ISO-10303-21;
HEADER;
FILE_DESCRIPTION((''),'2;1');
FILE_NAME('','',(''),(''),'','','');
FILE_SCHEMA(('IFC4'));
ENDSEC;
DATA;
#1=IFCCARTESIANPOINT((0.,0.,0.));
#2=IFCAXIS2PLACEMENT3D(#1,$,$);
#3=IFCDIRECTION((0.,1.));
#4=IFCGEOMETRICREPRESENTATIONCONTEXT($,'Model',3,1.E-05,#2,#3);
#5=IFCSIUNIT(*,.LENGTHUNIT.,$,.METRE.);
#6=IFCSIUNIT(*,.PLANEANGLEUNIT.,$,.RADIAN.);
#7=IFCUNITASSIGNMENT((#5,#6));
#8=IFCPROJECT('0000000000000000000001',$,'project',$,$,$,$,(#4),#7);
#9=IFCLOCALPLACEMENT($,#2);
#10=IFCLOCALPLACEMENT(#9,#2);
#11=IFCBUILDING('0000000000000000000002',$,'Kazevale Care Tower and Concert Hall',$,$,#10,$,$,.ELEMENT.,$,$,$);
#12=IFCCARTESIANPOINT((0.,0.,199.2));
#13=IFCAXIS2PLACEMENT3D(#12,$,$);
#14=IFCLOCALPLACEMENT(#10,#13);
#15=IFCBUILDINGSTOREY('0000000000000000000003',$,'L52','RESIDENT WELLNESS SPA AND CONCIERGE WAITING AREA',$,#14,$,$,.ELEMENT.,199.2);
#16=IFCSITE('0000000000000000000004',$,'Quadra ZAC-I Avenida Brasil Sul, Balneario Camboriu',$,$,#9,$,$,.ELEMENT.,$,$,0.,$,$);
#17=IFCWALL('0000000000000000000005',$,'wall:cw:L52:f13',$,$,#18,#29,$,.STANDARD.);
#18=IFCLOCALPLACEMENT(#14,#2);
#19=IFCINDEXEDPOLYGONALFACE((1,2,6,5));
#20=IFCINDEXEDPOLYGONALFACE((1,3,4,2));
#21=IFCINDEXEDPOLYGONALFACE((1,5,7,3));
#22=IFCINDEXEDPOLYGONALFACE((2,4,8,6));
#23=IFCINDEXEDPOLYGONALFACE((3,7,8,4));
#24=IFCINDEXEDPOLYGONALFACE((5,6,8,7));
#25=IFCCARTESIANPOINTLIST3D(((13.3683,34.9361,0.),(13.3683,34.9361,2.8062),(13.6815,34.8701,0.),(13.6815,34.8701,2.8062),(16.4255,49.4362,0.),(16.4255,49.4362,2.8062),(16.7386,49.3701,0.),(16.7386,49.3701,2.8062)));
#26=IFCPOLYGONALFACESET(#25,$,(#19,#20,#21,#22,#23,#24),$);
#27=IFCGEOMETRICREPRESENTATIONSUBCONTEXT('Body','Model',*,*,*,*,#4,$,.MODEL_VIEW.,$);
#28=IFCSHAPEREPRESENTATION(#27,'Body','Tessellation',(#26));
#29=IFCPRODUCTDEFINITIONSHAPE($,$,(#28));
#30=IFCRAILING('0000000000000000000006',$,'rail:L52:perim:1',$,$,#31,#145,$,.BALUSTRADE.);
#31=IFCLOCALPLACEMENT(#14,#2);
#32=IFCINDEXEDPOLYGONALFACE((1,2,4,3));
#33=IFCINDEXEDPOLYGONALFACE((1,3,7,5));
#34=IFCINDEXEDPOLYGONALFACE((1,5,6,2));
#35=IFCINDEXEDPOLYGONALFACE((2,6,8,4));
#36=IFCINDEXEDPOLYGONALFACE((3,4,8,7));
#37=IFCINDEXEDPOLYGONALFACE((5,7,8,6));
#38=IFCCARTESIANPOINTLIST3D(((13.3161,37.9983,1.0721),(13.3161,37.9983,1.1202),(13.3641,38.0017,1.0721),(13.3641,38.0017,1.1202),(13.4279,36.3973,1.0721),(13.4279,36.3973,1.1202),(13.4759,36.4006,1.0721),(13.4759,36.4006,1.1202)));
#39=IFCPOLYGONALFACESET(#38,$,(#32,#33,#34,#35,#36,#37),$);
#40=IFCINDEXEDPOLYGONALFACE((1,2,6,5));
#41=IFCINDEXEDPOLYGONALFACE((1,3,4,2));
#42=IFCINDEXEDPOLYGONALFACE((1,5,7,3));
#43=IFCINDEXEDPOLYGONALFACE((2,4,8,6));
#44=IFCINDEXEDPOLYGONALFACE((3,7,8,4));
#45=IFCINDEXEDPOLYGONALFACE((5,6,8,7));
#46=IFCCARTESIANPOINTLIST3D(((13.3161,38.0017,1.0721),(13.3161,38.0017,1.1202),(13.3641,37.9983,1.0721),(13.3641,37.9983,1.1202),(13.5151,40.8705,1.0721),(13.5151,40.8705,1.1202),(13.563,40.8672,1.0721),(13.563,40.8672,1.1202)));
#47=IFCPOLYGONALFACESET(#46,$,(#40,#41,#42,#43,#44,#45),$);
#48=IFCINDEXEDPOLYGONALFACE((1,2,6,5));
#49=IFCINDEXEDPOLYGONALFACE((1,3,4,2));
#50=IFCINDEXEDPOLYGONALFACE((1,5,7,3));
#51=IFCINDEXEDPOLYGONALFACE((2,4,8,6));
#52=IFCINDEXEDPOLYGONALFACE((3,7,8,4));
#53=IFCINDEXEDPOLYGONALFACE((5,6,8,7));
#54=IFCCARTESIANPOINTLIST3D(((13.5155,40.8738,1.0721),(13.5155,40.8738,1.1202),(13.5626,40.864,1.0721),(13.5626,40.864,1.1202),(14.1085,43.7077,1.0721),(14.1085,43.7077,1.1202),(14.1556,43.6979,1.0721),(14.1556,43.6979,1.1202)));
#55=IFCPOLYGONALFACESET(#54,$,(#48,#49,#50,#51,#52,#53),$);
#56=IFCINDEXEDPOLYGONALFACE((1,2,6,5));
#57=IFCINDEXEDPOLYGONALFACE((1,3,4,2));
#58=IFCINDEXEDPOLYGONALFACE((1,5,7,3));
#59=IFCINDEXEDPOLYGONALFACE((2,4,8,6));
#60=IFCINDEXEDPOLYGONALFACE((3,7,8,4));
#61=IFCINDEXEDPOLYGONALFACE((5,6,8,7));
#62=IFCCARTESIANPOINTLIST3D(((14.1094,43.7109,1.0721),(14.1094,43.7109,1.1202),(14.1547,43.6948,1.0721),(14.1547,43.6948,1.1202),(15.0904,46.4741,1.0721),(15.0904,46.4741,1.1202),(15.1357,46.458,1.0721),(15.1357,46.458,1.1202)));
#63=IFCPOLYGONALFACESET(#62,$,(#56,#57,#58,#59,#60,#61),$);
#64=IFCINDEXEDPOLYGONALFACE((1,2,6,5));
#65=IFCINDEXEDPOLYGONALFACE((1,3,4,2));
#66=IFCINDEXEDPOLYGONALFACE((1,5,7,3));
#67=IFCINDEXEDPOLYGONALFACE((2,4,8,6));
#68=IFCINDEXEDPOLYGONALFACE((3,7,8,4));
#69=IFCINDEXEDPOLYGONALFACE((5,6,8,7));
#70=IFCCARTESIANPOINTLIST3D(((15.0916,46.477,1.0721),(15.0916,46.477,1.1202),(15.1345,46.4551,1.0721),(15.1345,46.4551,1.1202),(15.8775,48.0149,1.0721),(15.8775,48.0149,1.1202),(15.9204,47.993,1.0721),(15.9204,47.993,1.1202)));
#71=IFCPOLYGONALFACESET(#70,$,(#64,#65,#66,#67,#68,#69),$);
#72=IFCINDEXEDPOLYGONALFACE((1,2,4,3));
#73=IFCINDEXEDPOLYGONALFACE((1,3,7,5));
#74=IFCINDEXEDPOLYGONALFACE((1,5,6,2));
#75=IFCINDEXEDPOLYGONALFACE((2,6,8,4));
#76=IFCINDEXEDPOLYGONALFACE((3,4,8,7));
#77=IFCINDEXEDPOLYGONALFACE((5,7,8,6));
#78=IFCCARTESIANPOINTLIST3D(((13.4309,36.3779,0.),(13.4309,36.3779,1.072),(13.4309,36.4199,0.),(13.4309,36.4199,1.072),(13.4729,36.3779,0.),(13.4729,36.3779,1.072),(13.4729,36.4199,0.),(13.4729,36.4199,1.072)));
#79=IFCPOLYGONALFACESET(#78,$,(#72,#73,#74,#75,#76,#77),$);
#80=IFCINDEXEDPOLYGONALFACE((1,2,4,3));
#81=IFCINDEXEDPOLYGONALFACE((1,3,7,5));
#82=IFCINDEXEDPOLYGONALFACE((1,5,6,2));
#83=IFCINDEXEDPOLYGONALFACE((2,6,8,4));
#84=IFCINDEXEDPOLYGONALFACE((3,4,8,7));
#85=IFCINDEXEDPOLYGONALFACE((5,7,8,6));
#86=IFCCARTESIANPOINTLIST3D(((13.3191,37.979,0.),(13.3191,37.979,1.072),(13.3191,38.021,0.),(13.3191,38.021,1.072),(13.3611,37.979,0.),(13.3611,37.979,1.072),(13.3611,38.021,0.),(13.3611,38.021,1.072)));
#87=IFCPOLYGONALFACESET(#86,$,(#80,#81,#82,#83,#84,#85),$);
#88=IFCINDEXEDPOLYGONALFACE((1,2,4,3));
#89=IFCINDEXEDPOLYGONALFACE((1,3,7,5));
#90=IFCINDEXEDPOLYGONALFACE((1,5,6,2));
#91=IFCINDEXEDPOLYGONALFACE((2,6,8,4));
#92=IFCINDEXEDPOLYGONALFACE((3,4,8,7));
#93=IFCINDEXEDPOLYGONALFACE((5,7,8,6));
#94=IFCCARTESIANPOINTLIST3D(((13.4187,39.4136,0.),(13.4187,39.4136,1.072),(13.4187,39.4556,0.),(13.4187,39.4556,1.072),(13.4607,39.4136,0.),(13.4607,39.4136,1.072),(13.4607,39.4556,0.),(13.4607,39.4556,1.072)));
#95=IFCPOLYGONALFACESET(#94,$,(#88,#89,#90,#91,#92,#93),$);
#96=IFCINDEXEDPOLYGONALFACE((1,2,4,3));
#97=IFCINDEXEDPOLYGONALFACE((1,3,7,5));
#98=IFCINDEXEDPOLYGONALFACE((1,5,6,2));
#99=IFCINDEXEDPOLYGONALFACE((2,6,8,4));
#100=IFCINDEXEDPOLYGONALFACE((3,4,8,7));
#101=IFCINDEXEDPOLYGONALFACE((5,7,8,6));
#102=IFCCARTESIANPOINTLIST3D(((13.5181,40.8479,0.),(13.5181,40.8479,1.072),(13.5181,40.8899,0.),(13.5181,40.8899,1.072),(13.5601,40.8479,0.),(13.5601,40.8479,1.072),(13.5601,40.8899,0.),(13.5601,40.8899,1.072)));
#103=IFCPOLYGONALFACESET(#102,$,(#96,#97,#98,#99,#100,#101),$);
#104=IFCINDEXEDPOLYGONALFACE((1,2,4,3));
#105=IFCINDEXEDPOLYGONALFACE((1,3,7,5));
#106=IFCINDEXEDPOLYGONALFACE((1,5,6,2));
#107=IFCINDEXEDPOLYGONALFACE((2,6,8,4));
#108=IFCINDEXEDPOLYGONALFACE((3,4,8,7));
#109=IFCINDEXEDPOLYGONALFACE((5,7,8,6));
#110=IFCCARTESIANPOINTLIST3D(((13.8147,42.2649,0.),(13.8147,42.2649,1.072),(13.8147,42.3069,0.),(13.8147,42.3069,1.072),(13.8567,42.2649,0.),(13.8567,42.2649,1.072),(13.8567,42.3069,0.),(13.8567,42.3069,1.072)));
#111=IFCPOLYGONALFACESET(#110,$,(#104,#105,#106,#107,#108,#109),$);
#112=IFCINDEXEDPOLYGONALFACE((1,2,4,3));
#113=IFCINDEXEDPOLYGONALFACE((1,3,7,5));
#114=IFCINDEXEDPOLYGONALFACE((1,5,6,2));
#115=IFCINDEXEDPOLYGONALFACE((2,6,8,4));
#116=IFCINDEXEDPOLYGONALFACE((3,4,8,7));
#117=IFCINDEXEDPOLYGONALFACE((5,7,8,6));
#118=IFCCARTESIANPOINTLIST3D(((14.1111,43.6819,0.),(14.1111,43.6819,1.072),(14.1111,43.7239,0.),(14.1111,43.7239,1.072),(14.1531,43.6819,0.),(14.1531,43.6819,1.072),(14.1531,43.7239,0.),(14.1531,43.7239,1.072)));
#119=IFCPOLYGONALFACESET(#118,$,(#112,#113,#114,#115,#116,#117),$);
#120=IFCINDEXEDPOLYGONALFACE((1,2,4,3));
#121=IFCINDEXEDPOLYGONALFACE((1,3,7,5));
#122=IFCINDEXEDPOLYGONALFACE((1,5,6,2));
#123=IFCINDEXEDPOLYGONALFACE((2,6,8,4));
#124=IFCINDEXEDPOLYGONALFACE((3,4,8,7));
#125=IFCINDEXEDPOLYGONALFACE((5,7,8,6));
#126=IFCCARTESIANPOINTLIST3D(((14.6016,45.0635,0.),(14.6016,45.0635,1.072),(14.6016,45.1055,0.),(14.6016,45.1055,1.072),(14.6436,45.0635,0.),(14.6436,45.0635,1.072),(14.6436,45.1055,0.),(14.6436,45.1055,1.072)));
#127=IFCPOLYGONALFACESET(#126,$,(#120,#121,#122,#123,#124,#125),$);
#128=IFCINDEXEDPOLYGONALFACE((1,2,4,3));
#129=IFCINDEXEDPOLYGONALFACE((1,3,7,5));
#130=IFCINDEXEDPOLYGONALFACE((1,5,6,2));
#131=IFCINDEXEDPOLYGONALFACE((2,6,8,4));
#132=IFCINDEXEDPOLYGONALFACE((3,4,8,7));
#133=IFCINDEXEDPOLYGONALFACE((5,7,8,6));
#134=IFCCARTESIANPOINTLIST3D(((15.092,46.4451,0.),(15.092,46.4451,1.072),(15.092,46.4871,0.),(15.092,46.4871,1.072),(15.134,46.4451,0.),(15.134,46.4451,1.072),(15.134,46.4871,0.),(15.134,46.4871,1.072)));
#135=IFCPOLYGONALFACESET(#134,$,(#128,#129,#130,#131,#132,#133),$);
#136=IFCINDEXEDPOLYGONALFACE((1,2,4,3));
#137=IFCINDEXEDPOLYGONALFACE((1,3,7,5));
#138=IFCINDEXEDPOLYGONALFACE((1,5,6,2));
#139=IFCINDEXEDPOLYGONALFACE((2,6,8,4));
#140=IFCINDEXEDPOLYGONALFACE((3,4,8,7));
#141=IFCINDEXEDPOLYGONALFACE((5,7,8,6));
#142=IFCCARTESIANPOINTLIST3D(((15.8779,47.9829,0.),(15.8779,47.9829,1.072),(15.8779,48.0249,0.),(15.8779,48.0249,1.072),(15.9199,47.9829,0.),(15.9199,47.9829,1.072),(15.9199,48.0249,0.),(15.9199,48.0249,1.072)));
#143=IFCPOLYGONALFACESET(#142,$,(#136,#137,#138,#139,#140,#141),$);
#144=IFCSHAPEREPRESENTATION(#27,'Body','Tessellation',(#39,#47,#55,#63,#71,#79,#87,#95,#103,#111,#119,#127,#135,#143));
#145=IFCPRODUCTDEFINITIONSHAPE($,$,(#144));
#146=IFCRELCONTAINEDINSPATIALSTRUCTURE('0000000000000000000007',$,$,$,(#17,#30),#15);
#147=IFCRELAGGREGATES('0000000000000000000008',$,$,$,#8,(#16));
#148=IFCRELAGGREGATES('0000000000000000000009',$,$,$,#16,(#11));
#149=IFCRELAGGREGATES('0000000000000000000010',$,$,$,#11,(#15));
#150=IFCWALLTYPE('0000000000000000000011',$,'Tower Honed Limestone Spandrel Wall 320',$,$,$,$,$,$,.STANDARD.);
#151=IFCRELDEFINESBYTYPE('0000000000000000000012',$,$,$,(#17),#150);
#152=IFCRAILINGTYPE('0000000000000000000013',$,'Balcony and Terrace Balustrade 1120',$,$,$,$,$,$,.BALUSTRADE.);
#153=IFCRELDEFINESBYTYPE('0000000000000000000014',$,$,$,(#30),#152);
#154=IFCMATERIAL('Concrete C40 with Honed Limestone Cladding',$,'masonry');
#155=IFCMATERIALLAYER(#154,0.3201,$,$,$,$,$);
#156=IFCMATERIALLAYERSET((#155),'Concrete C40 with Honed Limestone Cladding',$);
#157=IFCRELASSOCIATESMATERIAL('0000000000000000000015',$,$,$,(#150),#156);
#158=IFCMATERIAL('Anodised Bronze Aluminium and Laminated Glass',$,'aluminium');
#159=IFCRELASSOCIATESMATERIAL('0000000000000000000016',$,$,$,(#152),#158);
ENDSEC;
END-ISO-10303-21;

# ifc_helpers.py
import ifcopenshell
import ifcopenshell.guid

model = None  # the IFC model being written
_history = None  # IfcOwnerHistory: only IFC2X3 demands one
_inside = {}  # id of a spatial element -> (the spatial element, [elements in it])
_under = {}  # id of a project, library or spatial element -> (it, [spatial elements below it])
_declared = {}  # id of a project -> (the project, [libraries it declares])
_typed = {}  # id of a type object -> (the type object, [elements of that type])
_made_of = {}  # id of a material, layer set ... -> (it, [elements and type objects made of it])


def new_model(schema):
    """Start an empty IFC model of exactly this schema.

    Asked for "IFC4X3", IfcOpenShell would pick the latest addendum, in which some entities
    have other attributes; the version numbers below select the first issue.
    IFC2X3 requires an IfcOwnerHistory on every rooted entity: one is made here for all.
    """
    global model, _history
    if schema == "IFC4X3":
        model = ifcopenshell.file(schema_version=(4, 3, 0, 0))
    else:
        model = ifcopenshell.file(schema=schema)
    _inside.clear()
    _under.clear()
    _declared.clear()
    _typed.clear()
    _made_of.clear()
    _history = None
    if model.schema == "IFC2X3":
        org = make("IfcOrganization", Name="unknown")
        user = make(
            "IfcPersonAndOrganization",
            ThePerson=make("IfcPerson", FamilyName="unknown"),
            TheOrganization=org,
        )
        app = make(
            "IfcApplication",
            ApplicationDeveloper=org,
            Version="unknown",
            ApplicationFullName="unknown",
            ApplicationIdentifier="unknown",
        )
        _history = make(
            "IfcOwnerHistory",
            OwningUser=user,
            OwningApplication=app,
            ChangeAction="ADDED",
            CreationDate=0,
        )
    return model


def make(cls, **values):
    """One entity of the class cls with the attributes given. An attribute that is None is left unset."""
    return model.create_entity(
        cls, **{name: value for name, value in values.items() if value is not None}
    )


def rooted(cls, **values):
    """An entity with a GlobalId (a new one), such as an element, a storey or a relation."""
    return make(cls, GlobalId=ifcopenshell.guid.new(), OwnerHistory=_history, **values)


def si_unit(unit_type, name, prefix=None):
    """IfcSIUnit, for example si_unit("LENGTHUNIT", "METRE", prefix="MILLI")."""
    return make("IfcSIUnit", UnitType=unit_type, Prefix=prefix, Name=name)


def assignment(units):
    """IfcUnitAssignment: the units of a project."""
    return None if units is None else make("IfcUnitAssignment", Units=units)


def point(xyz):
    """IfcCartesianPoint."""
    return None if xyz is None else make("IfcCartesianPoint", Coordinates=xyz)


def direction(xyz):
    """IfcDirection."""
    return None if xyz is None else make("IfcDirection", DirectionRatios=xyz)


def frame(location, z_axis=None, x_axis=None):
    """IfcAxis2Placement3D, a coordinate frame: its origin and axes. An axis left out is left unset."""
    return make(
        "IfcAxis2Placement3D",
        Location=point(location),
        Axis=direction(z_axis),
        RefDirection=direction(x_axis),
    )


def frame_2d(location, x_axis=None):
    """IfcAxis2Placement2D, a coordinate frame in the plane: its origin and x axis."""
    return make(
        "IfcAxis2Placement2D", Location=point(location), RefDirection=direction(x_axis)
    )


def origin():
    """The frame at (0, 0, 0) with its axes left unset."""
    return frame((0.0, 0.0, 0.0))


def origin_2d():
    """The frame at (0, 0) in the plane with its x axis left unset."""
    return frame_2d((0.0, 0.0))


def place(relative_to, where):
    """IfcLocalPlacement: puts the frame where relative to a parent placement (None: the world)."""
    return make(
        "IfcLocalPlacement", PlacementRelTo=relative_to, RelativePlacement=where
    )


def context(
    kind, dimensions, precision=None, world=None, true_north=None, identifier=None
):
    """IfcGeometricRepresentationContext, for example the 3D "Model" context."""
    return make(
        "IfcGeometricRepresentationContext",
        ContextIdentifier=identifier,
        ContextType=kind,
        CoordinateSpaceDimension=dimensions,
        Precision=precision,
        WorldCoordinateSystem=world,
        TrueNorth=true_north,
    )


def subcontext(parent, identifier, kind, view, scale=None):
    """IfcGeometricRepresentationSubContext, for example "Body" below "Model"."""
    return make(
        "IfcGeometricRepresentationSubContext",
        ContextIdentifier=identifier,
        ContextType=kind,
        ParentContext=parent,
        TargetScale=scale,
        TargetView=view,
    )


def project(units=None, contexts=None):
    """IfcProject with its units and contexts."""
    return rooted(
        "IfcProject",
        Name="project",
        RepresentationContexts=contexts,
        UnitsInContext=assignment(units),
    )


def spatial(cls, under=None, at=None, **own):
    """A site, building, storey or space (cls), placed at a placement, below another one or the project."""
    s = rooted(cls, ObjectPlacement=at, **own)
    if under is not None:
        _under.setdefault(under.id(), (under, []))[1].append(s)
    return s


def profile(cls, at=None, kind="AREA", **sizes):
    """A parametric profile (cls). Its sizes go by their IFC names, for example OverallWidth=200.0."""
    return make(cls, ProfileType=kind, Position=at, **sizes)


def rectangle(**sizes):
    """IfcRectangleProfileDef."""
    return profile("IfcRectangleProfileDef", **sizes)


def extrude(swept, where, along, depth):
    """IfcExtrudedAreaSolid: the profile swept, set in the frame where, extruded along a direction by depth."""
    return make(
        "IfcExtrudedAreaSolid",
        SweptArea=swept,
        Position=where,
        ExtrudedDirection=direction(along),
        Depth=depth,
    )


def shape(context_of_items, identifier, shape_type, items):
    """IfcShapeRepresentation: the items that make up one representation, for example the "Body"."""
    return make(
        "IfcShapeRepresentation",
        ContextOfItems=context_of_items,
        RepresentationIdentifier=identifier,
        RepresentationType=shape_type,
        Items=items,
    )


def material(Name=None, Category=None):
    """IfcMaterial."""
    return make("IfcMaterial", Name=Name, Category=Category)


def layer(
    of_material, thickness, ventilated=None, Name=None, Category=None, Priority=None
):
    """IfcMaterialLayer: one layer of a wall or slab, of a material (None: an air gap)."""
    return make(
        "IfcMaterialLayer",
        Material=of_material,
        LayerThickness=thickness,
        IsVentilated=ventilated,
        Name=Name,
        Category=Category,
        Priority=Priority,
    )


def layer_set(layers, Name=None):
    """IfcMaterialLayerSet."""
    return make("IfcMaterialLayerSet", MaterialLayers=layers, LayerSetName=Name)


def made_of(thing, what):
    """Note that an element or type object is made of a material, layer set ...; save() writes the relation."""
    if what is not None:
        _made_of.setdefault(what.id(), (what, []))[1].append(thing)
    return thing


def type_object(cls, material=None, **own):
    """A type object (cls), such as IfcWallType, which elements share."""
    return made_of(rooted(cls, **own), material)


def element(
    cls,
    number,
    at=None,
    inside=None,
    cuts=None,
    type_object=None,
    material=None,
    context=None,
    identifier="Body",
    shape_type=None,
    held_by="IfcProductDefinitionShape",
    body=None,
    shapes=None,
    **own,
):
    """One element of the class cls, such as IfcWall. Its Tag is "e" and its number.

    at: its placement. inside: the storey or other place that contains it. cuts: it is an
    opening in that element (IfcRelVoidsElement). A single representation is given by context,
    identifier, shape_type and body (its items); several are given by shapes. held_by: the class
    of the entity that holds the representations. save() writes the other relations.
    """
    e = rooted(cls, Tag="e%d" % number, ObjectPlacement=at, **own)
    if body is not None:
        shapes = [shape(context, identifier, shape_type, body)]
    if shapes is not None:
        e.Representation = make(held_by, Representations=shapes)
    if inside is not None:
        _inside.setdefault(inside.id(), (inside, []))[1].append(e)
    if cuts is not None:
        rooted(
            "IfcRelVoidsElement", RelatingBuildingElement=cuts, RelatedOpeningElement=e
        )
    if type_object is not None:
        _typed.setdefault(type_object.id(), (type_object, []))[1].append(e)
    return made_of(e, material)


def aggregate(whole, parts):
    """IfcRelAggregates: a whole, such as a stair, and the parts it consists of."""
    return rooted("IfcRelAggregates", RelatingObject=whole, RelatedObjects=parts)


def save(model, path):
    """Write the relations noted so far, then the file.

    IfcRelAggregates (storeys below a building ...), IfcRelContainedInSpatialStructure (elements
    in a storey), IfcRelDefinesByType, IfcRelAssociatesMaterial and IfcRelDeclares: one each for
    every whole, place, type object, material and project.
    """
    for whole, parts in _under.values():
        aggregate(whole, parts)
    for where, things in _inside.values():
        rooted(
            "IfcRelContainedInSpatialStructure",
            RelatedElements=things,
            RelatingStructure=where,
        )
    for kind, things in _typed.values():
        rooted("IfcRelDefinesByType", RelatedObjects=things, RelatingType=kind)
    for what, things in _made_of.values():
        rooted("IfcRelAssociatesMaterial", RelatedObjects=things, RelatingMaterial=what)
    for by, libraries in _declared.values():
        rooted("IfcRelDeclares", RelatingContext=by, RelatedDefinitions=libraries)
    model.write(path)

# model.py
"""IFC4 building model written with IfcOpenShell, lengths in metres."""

from ifc_helpers import new_model, si_unit, direction, frame, frame_2d, origin, origin_2d, place, context, subcontext, project, spatial, rectangle, extrude, material, layer, layer_set, type_object, element, save


model = new_model("IFC4")

# Units and contexts
model_context = context("Model", 3, precision=1e-05, world=origin(), true_north=direction((0.0, 1.0)))
body_context = subcontext(model_context, "Body", "Model", "MODEL_VIEW")
ifc_project = project(units=[si_unit("LENGTHUNIT", "METRE"), si_unit("PLANEANGLEUNIT", "RADIAN")], contexts=[model_context])

# Site, building, storey
site_placement = place(None, origin())
site = spatial("IfcSite", under=ifc_project, at=site_placement, Name="Quadra ZAC-I Avenida Brasil Sul, Balneario Camboriu", CompositionType="ELEMENT", RefElevation=0.0)
building_placement = place(site_placement, origin())
building = spatial("IfcBuilding", under=site, at=building_placement, Name="Kazevale Care Tower and Concert Hall", CompositionType="ELEMENT")
storey_placement = place(building_placement, frame((0.0, 0.0, 199.2)))
storey = spatial("IfcBuildingStorey", under=building, at=storey_placement, Name="L52", Description="RESIDENT WELLNESS SPA AND CONCIERGE WAITING AREA", CompositionType="ELEMENT", Elevation=199.2)

# Wall
ifc_material_1 = material(Name="Concrete C40 with Honed Limestone Cladding", Category="masonry")
ifc_layer_1 = layer(ifc_material_1, 0.3201)
ifc_layer_set_1 = layer_set([ifc_layer_1], Name="Concrete C40 with Honed Limestone Cladding")
wall_type_1 = type_object("IfcWallType", Name="Tower Honed Limestone Spandrel Wall 320", PredefinedType="STANDARD", material=ifc_layer_set_1)
wall_1_placement = place(storey_placement, frame((13.5249, 34.9031, 0.0), z_axis=(0.0, 0.0, 1.0), x_axis=(0.206301, 0.978489, 0.0)))
element("IfcWall", 1, at=wall_1_placement, inside=storey, type_object=wall_type_1, Name="wall:cw:L52:f13", PredefinedType="STANDARD", context=body_context, shape_type="SweptSolid", body=[
    extrude(rectangle(XDim=14.8188, YDim=0.3201, at=frame_2d((7.4094, 0.0))), origin(), (0.0, 0.0, 1.0), 2.8062),
])

# Railing
ifc_material_2 = material(Name="Anodised Bronze Aluminium and Laminated Glass", Category="aluminium")
railing_type = type_object("IfcRailingType", Name="Balcony and Terrace Balustrade 1120", PredefinedType="BALUSTRADE", material=ifc_material_2)
railing_placement = place(storey_placement, frame((13.4519, 36.3989, 0.0)))
element("IfcRailing", 2, at=railing_placement, inside=storey, type_object=railing_type, Name="rail:L52:perim:1", PredefinedType="BALUSTRADE", context=body_context, shape_type="SweptSolid", body=[
    extrude(rectangle(XDim=0.0481, YDim=0.0481, at=origin_2d()), frame((0.0, 0.0, 1.0962), z_axis=(-0.069669, 0.99757, 0.0), x_axis=(-0.99757, -0.069669, 0.0)), (0.0, 0.0, 1.0), 1.605),
    extrude(rectangle(XDim=0.0481, YDim=0.0481, at=origin_2d()), frame((-0.1118, 1.6011, 1.0962), z_axis=(0.06919, 0.997604, 0.0), x_axis=(-0.997604, 0.06919, 0.0)), (0.0, 0.0, 1.0), 2.8757),
    extrude(rectangle(XDim=0.0481, YDim=0.0481, at=origin_2d()), frame((0.0872, 4.47, 1.0962), z_axis=(0.204816, 0.9788, 0.0), x_axis=(-0.9788, 0.204816, 0.0)), (0.0, 0.0, 1.0), 2.8953),
    extrude(rectangle(XDim=0.0481, YDim=0.0481, at=origin_2d()), frame((0.6802, 7.304, 1.0962), z_axis=(0.334553, 0.942377, 0.0), x_axis=(-0.942377, 0.334553, 0.0)), (0.0, 0.0, 1.0), 2.9321),
    extrude(rectangle(XDim=0.0481, YDim=0.0481, at=origin_2d()), frame((1.6611, 10.0671, 1.0962), z_axis=(0.455056, 0.890463, 0.0), x_axis=(-0.890463, 0.455056, 0.0)), (0.0, 0.0, 1.0), 1.7271),
    extrude(rectangle(XDim=0.042, YDim=0.042, at=origin_2d()), origin(), (0.0, 0.0, 1.0), 1.072),
    extrude(rectangle(XDim=0.042, YDim=0.042, at=origin_2d()), frame((-0.1118, 1.6011, 0.0)), (0.0, 0.0, 1.0), 1.072),
    extrude(rectangle(XDim=0.042, YDim=0.042, at=origin_2d()), frame((-0.0122, 3.0356, 0.0)), (0.0, 0.0, 1.0), 1.072),
    extrude(rectangle(XDim=0.042, YDim=0.042, at=origin_2d()), frame((0.0872, 4.47, 0.0)), (0.0, 0.0, 1.0), 1.072),
    extrude(rectangle(XDim=0.042, YDim=0.042, at=origin_2d()), frame((0.3838, 5.887, 0.0)), (0.0, 0.0, 1.0), 1.072),
    extrude(rectangle(XDim=0.042, YDim=0.042, at=origin_2d()), frame((0.6802, 7.304, 0.0)), (0.0, 0.0, 1.0), 1.072),
    extrude(rectangle(XDim=0.042, YDim=0.042, at=origin_2d()), frame((1.1707, 8.6855, 0.0)), (0.0, 0.0, 1.0), 1.072),
    extrude(rectangle(XDim=0.042, YDim=0.042, at=origin_2d()), frame((1.6611, 10.0671, 0.0)), (0.0, 0.0, 1.0), 1.072),
    extrude(rectangle(XDim=0.042, YDim=0.042, at=origin_2d()), frame((2.447, 11.605, 0.0)), (0.0, 0.0, 1.0), 1.072),
])

save(model, "model.ifc")
